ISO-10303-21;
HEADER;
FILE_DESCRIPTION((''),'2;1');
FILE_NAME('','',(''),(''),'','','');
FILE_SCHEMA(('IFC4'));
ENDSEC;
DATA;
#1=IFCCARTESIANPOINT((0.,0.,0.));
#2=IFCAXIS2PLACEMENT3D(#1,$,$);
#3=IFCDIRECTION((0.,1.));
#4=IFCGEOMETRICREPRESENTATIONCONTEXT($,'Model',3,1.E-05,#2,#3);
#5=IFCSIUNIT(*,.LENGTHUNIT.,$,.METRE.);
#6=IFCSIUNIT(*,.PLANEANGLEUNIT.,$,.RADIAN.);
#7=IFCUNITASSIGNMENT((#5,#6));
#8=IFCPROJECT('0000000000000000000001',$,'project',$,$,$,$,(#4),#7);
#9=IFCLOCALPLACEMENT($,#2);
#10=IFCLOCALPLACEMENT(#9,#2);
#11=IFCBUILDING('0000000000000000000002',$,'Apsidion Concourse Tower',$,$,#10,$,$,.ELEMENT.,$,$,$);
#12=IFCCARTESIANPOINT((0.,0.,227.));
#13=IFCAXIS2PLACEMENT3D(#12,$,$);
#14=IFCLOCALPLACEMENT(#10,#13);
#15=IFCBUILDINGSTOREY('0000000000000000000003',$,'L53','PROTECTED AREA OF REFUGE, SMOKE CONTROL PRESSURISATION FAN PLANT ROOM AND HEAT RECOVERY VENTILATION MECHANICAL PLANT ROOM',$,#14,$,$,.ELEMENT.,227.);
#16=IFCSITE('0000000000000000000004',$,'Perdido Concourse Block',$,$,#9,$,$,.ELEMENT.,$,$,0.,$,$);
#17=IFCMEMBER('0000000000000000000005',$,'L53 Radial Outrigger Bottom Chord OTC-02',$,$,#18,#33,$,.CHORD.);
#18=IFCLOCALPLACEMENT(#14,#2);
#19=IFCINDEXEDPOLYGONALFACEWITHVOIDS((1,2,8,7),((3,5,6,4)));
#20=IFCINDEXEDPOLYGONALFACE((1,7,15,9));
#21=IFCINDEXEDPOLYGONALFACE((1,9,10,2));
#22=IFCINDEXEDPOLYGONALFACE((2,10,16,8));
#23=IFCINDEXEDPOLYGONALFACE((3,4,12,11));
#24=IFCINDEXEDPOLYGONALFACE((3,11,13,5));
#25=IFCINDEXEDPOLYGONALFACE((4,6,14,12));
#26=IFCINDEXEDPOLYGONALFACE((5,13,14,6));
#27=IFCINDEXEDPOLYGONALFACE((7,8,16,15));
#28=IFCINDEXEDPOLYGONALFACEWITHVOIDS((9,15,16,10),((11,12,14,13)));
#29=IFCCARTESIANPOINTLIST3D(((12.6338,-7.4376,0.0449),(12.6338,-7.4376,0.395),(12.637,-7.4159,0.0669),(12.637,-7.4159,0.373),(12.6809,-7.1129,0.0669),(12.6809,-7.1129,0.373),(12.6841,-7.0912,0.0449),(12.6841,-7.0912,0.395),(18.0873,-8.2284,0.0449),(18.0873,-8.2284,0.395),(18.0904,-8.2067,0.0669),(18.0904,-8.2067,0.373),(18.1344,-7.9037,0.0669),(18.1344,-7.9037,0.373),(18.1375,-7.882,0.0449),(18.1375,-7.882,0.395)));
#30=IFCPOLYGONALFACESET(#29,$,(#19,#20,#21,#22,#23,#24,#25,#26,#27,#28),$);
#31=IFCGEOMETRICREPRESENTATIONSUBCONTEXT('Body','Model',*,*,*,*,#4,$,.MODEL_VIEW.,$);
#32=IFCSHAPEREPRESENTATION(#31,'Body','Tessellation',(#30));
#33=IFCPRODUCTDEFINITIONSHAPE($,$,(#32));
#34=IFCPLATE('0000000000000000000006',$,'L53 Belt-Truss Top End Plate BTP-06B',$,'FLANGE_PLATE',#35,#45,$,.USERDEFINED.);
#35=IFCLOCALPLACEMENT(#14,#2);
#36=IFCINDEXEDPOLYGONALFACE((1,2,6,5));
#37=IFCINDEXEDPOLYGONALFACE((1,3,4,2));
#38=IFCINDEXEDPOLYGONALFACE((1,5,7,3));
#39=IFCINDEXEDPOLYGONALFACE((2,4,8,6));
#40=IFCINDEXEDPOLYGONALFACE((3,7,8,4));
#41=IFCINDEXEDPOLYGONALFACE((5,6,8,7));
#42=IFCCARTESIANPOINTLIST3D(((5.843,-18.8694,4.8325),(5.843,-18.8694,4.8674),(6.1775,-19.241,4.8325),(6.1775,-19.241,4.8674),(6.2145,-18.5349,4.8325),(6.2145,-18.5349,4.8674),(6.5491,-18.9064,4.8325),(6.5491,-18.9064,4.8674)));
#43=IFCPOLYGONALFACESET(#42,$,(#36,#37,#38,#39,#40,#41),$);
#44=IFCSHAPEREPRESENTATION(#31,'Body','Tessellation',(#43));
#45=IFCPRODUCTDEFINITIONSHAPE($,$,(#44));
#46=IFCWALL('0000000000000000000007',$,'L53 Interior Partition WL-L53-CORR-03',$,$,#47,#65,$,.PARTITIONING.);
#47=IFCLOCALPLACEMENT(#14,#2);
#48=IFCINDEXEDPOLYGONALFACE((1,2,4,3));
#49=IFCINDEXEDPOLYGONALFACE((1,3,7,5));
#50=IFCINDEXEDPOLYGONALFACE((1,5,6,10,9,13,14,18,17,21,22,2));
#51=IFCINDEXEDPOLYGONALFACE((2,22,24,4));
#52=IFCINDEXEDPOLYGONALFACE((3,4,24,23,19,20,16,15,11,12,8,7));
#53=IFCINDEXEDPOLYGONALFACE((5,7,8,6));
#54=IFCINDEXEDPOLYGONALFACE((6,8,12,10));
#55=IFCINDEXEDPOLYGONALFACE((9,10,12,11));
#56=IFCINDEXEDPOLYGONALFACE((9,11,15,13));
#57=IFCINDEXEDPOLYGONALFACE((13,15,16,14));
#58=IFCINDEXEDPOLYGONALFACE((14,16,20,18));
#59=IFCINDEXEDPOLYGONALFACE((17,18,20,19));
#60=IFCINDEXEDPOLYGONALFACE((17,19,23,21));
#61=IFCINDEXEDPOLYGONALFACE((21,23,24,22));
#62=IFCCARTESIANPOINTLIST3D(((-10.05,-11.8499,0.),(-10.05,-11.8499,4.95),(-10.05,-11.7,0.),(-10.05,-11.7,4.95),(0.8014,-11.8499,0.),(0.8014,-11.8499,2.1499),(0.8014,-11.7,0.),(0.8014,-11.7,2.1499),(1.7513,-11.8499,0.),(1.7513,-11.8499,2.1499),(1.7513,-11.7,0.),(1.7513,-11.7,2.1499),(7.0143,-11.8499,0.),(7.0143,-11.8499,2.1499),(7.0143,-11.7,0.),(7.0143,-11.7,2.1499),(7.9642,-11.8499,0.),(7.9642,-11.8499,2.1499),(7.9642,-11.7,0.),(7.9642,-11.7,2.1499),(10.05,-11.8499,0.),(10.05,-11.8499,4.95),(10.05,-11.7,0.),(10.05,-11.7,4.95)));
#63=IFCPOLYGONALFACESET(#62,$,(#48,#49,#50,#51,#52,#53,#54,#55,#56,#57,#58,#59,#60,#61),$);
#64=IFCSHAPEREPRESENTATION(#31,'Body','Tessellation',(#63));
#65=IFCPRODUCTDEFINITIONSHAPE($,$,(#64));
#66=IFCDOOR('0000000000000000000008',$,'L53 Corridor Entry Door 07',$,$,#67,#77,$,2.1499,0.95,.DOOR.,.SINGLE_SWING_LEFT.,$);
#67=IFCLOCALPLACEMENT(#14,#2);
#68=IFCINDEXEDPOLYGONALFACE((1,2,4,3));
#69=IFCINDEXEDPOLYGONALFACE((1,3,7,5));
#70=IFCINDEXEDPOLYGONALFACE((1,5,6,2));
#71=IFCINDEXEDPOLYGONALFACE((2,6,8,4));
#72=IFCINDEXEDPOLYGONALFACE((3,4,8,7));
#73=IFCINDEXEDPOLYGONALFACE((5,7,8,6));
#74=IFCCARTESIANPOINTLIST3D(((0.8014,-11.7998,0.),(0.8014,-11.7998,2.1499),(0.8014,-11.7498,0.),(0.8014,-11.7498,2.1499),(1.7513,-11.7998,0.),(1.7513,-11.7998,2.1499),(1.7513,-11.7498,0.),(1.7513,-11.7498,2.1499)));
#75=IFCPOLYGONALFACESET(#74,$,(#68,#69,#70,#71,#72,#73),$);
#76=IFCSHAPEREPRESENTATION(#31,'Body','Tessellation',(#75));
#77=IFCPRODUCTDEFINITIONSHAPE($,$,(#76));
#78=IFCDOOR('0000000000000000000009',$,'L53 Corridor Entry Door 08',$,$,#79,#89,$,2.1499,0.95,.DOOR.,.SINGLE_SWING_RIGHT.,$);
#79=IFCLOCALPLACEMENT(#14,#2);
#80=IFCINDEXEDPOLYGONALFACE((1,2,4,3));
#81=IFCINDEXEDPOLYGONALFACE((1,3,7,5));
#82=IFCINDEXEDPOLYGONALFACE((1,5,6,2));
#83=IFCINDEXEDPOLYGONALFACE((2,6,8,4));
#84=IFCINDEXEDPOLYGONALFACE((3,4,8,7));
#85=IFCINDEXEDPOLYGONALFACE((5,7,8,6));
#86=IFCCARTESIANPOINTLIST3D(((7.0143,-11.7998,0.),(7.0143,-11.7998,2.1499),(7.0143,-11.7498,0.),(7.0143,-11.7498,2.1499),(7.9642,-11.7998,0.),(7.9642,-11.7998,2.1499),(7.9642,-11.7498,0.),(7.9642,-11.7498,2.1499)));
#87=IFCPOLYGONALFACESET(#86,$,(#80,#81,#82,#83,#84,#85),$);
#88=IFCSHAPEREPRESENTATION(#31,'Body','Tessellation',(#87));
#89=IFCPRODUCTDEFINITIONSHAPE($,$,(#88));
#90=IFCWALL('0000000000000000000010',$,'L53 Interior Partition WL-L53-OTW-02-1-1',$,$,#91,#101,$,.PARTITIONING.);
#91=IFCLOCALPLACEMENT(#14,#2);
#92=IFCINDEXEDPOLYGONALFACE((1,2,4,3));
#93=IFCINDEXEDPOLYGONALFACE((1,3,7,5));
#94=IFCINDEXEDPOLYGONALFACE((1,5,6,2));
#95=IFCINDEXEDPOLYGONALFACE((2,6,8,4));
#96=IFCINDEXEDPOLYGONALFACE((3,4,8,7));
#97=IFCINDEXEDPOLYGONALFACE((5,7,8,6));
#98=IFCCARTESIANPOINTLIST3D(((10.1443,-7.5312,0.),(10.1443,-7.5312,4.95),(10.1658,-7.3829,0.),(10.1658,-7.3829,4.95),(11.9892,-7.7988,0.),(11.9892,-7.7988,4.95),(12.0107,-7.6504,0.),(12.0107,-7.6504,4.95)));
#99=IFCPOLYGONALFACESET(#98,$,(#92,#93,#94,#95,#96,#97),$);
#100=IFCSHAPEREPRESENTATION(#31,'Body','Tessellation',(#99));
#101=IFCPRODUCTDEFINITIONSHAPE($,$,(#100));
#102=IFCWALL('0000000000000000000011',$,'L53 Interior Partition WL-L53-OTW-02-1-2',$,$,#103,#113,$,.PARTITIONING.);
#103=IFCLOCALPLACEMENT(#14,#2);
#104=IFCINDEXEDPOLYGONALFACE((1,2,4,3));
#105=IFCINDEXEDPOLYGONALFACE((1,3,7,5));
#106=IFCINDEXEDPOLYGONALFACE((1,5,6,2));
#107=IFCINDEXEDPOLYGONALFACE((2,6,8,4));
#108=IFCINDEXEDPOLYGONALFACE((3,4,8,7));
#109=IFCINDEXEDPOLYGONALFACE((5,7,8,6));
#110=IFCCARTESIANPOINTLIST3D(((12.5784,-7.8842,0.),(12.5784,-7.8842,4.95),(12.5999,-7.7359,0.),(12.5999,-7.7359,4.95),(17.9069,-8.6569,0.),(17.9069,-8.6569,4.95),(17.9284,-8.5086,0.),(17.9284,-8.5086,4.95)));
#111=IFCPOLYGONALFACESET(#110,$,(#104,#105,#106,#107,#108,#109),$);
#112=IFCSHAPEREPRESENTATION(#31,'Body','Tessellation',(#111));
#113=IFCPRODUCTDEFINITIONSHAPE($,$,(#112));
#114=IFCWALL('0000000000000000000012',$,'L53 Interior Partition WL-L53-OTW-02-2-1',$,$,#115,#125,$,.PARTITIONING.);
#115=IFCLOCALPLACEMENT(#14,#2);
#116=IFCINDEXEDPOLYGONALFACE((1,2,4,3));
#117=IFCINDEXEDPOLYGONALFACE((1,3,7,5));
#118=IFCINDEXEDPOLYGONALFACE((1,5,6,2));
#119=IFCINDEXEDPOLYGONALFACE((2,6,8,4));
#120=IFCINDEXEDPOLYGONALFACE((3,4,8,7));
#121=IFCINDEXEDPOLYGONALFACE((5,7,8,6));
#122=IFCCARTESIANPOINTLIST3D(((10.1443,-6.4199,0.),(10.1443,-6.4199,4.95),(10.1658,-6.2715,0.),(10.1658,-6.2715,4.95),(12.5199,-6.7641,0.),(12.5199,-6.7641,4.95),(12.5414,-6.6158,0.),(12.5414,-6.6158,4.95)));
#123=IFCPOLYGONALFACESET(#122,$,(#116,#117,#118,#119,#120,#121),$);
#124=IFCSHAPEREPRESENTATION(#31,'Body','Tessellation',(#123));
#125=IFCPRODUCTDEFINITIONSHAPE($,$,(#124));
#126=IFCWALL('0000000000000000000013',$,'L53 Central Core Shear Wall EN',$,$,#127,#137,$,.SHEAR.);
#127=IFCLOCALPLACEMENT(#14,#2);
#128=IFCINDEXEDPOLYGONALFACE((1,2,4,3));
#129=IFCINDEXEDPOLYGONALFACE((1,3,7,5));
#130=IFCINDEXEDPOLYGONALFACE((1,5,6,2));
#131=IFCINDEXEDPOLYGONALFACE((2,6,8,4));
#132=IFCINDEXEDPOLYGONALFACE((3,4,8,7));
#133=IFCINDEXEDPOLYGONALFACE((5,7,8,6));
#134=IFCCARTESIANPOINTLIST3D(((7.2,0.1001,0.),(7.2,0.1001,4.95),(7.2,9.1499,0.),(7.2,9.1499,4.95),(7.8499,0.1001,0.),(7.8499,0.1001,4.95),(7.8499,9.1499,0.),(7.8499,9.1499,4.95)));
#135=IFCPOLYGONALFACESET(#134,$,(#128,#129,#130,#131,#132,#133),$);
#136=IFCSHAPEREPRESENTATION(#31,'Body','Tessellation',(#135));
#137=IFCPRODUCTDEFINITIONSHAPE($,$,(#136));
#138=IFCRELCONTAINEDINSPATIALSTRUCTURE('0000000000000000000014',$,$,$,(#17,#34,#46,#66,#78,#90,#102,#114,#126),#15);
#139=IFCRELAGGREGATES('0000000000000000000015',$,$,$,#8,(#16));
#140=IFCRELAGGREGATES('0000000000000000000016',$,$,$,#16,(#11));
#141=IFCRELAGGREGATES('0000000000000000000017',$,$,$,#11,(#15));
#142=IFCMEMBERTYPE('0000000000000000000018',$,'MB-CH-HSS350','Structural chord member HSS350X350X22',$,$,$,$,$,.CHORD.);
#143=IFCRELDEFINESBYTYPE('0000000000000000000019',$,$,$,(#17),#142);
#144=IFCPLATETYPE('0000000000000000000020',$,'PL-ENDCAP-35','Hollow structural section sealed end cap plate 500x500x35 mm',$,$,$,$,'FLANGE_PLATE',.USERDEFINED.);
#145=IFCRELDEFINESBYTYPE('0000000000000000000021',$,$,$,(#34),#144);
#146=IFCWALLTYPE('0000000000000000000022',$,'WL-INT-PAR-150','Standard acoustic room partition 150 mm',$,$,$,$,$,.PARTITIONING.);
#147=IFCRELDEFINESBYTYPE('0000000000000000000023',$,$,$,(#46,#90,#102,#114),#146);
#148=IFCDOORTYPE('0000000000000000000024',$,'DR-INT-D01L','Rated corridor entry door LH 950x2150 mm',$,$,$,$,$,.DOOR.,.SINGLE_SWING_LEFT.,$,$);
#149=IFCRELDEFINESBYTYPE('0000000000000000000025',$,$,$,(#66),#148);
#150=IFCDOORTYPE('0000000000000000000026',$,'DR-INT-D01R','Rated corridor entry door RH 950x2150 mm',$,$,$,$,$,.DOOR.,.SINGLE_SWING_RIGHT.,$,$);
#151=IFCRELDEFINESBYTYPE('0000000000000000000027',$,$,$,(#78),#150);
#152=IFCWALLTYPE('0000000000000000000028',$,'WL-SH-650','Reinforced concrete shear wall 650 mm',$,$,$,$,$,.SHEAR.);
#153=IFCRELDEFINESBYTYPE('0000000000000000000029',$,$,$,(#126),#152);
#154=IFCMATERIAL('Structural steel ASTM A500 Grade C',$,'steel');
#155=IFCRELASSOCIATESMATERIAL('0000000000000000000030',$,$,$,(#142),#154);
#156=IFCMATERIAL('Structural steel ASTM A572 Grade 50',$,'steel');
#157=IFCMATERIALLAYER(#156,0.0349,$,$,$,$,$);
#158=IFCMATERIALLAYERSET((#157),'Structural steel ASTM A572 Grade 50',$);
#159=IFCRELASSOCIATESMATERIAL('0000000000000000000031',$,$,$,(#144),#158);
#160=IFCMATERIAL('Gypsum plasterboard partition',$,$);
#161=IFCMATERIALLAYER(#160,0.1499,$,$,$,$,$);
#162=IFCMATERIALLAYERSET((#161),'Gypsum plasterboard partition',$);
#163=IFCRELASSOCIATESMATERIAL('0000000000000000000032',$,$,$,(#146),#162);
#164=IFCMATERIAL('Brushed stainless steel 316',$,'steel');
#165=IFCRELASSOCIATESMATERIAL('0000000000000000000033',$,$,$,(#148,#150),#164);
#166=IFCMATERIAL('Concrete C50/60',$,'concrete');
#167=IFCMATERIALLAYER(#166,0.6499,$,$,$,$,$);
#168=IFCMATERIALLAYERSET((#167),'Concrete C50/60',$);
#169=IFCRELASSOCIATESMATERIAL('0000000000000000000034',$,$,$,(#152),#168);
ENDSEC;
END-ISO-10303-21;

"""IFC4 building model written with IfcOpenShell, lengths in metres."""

from ifc_helpers import new_model, si_unit, direction, frame, frame_2d, origin, origin_2d, place, context, subcontext, project, spatial, rectangle, hollow_rectangle, extrude, material, layer, layer_set, material_profile, profile_set, type_object, element, fill, save


model = new_model("IFC4")

# Units and contexts
model_context = context("Model", 3, precision=1e-05, world=origin(), true_north=direction((0.0, 1.0)))
body_context = subcontext(model_context, "Body", "Model", "MODEL_VIEW")
ifc_project = project(units=[si_unit("LENGTHUNIT", "METRE"), si_unit("PLANEANGLEUNIT", "RADIAN")], contexts=[model_context])

# Site, building, storey
site_placement = place(None, origin())
site = spatial("IfcSite", under=ifc_project, at=site_placement, Name="Perdido Concourse Block", CompositionType="ELEMENT", RefElevation=0.0)
building_placement = place(site_placement, origin())
building = spatial("IfcBuilding", under=site, at=building_placement, Name="Apsidion Concourse Tower", CompositionType="ELEMENT")
storey_placement = place(building_placement, frame((0.0, 0.0, 227.0)))
storey = spatial("IfcBuildingStorey", under=building, at=storey_placement, Name="L53", Description="PROTECTED AREA OF REFUGE, SMOKE CONTROL PRESSURISATION FAN PLANT ROOM AND HEAT RECOVERY VENTILATION MECHANICAL PLANT ROOM", CompositionType="ELEMENT", Elevation=227.0)

# Shared definitions
ifc_material_1 = material(Name="Concrete C50/60", Category="concrete")

# Member
ifc_material_2 = material(Name="Structural steel ASTM A500 Grade C", Category="steel")
ifc_material_profile_1 = material_profile(ifc_material_2, hollow_rectangle(XDim=0.3501, YDim=0.3501, WallThickness=0.022, at=origin_2d()), Name="HSS350X350X22")
ifc_profile_set_1 = profile_set([ifc_material_profile_1], Name="Structural steel ASTM A500 Grade C")
member_type_1 = type_object("IfcMemberType", Name="MB-CH-HSS350", Description="Structural chord member HSS350X350X22", PredefinedType="CHORD", material=ifc_profile_set_1)
member_1_placement = place(storey_placement, frame((12.6589, -7.2644, 0.22), z_axis=(0.98965, -0.143505, 0.0), x_axis=(0.143505, 0.98965, 0.0)))
element("IfcMember", 1, at=member_1_placement, inside=storey, type_object=member_type_1, Name="L53 Radial Outrigger Bottom Chord OTC-02", PredefinedType="CHORD", context=body_context, shape_type="SweptSolid", body=[
    extrude(hollow_rectangle(XDim=0.3501, YDim=0.3501, WallThickness=0.022, at=origin_2d()), origin(), (0.0, 0.0, 1.0), 5.5105),
])

# Plate
ifc_material_3 = material(Name="Structural steel ASTM A572 Grade 50", Category="steel")
ifc_layer_1 = layer(ifc_material_3, 0.0349)
ifc_layer_set_1 = layer_set([ifc_layer_1], Name="Structural steel ASTM A572 Grade 50")
plate_type = type_object("IfcPlateType", Name="PL-ENDCAP-35", Description="Hollow structural section sealed end cap plate 500x500x35 mm", ElementType="FLANGE_PLATE", PredefinedType="USERDEFINED", material=ifc_layer_set_1)
plate_placement = place(storey_placement, frame((6.196, -18.8879, 4.8325), z_axis=(0.0, 0.0, 1.0), x_axis=(0.743145, 0.669131, 0.0)))
element("IfcPlate", 2, at=plate_placement, inside=storey, type_object=plate_type, Name="L53 Belt-Truss Top End Plate BTP-06B", ObjectType="FLANGE_PLATE", PredefinedType="USERDEFINED", context=body_context, shape_type="SweptSolid", body=[
    extrude(rectangle(XDim=0.5, YDim=0.5, at=origin_2d()), origin(), (0.0, 0.0, 1.0), 0.0349),
])

# Wall, openings, doors
ifc_material_4 = material(Name="Gypsum plasterboard partition")
ifc_layer_2 = layer(ifc_material_4, 0.1499)
ifc_layer_set_2 = layer_set([ifc_layer_2], Name="Gypsum plasterboard partition")
wall_type_1 = type_object("IfcWallType", Name="WL-INT-PAR-150", Description="Standard acoustic room partition 150 mm", PredefinedType="PARTITIONING", material=ifc_layer_set_2)
wall_1_placement = place(storey_placement, frame((10.05, -11.7749, 0.0), z_axis=(0.0, 0.0, 1.0), x_axis=(-1.0, 0.0, 0.0)))
wall_1 = element("IfcWall", 3, at=wall_1_placement, inside=storey, type_object=wall_type_1, Name="L53 Interior Partition WL-L53-CORR-03", PredefinedType="PARTITIONING", context=body_context, shape_type="SweptSolid", body=[
    extrude(rectangle(XDim=20.1001, YDim=0.1499, at=frame_2d((10.05, 0.0))), origin(), (0.0, 0.0, 1.0), 4.95),
])
opening_1_placement = place(wall_1_placement, frame((8.2986, 0.0, 0.0)))
opening_1 = element("IfcOpeningElement", 4, at=opening_1_placement, cuts=wall_1, PredefinedType="OPENING", context=body_context, shape_type="SweptSolid", body=[
    extrude(rectangle(XDim=0.95, YDim=2.1499, at=frame_2d((0.4751, 1.075))), frame((0.0, 0.085, 0.0), z_axis=(0.0, -1.0, 0.0), x_axis=(1.0, 0.0, 0.0)), (0.0, 0.0, 1.0), 0.1699),
])
opening_2_placement = place(wall_1_placement, frame((2.0857, 0.0, 0.0)))
opening_2 = element("IfcOpeningElement", 5, at=opening_2_placement, cuts=wall_1, PredefinedType="OPENING", context=body_context, shape_type="SweptSolid", body=[
    extrude(rectangle(XDim=0.95, YDim=2.1499, at=frame_2d((0.4751, 1.075))), frame((0.0, 0.085, 0.0), z_axis=(0.0, -1.0, 0.0), x_axis=(1.0, 0.0, 0.0)), (0.0, 0.0, 1.0), 0.1699),
])
ifc_material_5 = material(Name="Brushed stainless steel 316", Category="steel")
door_type_1 = type_object("IfcDoorType", Name="DR-INT-D01L", Description="Rated corridor entry door LH 950x2150 mm", OperationType="SINGLE_SWING_LEFT", PredefinedType="DOOR", material=ifc_material_5)
door_1_placement = place(opening_1_placement, origin())
door_1 = element("IfcDoor", 6, at=door_1_placement, inside=storey, type_object=door_type_1, Name="L53 Corridor Entry Door 07", OperationType="SINGLE_SWING_LEFT", OverallHeight=2.1499, OverallWidth=0.95, PredefinedType="DOOR", context=body_context, shape_type="SweptSolid", body=[
    extrude(rectangle(XDim=0.95, YDim=2.1499, at=frame_2d((0.4751, 1.075))), frame((0.0, 0.0249, 0.0), z_axis=(0.0, -1.0, 0.0), x_axis=(1.0, 0.0, 0.0)), (0.0, 0.0, 1.0), 0.05),
])
fill(opening_1, door_1)
door_type_2 = type_object("IfcDoorType", Name="DR-INT-D01R", Description="Rated corridor entry door RH 950x2150 mm", OperationType="SINGLE_SWING_RIGHT", PredefinedType="DOOR", material=ifc_material_5)
door_2_placement = place(opening_2_placement, origin())
door_2 = element("IfcDoor", 7, at=door_2_placement, inside=storey, type_object=door_type_2, Name="L53 Corridor Entry Door 08", OperationType="SINGLE_SWING_RIGHT", OverallHeight=2.1499, OverallWidth=0.95, PredefinedType="DOOR", context=body_context, shape_type="SweptSolid", body=[
    extrude(rectangle(XDim=0.95, YDim=2.1499, at=frame_2d((0.4751, 1.075))), frame((0.0, 0.0249, 0.0), z_axis=(0.0, -1.0, 0.0), x_axis=(1.0, 0.0, 0.0)), (0.0, 0.0, 1.0), 0.05),
])
fill(opening_2, door_2)

# Walls
wall_2_placement = place(storey_placement, frame((10.155, -7.457, 0.0), z_axis=(0.0, 0.0, 1.0), x_axis=(0.989646, -0.143529, 0.0)))
element("IfcWall", 8, at=wall_2_placement, inside=storey, type_object=wall_type_1, Name="L53 Interior Partition WL-L53-OTW-02-1-1", PredefinedType="PARTITIONING", context=body_context, shape_type="SweptSolid", body=[
    extrude(rectangle(XDim=1.8643, YDim=0.1499, at=frame_2d((0.9321, 0.0))), origin(), (0.0, 0.0, 1.0), 4.95),
])
wall_3_placement = place(storey_placement, frame((12.5891, -7.8101, 0.0), z_axis=(0.0, 0.0, 1.0), x_axis=(0.989649, -0.14351, 0.0)))
element("IfcWall", 9, at=wall_3_placement, inside=storey, type_object=wall_type_1, Name="L53 Interior Partition WL-L53-OTW-02-1-2", PredefinedType="PARTITIONING", context=body_context, shape_type="SweptSolid", body=[
    extrude(rectangle(XDim=5.3843, YDim=0.1499, at=frame_2d((2.6921, 0.0))), origin(), (0.0, 0.0, 1.0), 4.95),
])
wall_4_placement = place(storey_placement, frame((10.155, -6.3457, 0.0), z_axis=(0.0, 0.0, 1.0), x_axis=(0.989663, -0.143415, 0.0)))
element("IfcWall", 10, at=wall_4_placement, inside=storey, type_object=wall_type_1, Name="L53 Interior Partition WL-L53-OTW-02-2-1", PredefinedType="PARTITIONING", context=body_context, shape_type="SweptSolid", body=[
    extrude(rectangle(XDim=2.4004, YDim=0.1499, at=frame_2d((1.2002, 0.0))), origin(), (0.0, 0.0, 1.0), 4.95),
])
ifc_layer_3 = layer(ifc_material_1, 0.6499)
ifc_layer_set_3 = layer_set([ifc_layer_3], Name="Concrete C50/60")
wall_type_2 = type_object("IfcWallType", Name="WL-SH-650", Description="Reinforced concrete shear wall 650 mm", PredefinedType="SHEAR", material=ifc_layer_set_3)
wall_5_placement = place(storey_placement, frame((7.5249, 0.1001, 0.0), z_axis=(0.0, 0.0, 1.0), x_axis=(0.0, 1.0, 0.0)))
element("IfcWall", 11, at=wall_5_placement, inside=storey, type_object=wall_type_2, Name="L53 Central Core Shear Wall EN", PredefinedType="SHEAR", context=body_context, shape_type="SweptSolid", body=[
    extrude(rectangle(XDim=9.0498, YDim=0.6499, at=frame_2d((4.5249, 0.0))), origin(), (0.0, 0.0, 1.0), 4.95),
])

save(model, "model.ifc")
